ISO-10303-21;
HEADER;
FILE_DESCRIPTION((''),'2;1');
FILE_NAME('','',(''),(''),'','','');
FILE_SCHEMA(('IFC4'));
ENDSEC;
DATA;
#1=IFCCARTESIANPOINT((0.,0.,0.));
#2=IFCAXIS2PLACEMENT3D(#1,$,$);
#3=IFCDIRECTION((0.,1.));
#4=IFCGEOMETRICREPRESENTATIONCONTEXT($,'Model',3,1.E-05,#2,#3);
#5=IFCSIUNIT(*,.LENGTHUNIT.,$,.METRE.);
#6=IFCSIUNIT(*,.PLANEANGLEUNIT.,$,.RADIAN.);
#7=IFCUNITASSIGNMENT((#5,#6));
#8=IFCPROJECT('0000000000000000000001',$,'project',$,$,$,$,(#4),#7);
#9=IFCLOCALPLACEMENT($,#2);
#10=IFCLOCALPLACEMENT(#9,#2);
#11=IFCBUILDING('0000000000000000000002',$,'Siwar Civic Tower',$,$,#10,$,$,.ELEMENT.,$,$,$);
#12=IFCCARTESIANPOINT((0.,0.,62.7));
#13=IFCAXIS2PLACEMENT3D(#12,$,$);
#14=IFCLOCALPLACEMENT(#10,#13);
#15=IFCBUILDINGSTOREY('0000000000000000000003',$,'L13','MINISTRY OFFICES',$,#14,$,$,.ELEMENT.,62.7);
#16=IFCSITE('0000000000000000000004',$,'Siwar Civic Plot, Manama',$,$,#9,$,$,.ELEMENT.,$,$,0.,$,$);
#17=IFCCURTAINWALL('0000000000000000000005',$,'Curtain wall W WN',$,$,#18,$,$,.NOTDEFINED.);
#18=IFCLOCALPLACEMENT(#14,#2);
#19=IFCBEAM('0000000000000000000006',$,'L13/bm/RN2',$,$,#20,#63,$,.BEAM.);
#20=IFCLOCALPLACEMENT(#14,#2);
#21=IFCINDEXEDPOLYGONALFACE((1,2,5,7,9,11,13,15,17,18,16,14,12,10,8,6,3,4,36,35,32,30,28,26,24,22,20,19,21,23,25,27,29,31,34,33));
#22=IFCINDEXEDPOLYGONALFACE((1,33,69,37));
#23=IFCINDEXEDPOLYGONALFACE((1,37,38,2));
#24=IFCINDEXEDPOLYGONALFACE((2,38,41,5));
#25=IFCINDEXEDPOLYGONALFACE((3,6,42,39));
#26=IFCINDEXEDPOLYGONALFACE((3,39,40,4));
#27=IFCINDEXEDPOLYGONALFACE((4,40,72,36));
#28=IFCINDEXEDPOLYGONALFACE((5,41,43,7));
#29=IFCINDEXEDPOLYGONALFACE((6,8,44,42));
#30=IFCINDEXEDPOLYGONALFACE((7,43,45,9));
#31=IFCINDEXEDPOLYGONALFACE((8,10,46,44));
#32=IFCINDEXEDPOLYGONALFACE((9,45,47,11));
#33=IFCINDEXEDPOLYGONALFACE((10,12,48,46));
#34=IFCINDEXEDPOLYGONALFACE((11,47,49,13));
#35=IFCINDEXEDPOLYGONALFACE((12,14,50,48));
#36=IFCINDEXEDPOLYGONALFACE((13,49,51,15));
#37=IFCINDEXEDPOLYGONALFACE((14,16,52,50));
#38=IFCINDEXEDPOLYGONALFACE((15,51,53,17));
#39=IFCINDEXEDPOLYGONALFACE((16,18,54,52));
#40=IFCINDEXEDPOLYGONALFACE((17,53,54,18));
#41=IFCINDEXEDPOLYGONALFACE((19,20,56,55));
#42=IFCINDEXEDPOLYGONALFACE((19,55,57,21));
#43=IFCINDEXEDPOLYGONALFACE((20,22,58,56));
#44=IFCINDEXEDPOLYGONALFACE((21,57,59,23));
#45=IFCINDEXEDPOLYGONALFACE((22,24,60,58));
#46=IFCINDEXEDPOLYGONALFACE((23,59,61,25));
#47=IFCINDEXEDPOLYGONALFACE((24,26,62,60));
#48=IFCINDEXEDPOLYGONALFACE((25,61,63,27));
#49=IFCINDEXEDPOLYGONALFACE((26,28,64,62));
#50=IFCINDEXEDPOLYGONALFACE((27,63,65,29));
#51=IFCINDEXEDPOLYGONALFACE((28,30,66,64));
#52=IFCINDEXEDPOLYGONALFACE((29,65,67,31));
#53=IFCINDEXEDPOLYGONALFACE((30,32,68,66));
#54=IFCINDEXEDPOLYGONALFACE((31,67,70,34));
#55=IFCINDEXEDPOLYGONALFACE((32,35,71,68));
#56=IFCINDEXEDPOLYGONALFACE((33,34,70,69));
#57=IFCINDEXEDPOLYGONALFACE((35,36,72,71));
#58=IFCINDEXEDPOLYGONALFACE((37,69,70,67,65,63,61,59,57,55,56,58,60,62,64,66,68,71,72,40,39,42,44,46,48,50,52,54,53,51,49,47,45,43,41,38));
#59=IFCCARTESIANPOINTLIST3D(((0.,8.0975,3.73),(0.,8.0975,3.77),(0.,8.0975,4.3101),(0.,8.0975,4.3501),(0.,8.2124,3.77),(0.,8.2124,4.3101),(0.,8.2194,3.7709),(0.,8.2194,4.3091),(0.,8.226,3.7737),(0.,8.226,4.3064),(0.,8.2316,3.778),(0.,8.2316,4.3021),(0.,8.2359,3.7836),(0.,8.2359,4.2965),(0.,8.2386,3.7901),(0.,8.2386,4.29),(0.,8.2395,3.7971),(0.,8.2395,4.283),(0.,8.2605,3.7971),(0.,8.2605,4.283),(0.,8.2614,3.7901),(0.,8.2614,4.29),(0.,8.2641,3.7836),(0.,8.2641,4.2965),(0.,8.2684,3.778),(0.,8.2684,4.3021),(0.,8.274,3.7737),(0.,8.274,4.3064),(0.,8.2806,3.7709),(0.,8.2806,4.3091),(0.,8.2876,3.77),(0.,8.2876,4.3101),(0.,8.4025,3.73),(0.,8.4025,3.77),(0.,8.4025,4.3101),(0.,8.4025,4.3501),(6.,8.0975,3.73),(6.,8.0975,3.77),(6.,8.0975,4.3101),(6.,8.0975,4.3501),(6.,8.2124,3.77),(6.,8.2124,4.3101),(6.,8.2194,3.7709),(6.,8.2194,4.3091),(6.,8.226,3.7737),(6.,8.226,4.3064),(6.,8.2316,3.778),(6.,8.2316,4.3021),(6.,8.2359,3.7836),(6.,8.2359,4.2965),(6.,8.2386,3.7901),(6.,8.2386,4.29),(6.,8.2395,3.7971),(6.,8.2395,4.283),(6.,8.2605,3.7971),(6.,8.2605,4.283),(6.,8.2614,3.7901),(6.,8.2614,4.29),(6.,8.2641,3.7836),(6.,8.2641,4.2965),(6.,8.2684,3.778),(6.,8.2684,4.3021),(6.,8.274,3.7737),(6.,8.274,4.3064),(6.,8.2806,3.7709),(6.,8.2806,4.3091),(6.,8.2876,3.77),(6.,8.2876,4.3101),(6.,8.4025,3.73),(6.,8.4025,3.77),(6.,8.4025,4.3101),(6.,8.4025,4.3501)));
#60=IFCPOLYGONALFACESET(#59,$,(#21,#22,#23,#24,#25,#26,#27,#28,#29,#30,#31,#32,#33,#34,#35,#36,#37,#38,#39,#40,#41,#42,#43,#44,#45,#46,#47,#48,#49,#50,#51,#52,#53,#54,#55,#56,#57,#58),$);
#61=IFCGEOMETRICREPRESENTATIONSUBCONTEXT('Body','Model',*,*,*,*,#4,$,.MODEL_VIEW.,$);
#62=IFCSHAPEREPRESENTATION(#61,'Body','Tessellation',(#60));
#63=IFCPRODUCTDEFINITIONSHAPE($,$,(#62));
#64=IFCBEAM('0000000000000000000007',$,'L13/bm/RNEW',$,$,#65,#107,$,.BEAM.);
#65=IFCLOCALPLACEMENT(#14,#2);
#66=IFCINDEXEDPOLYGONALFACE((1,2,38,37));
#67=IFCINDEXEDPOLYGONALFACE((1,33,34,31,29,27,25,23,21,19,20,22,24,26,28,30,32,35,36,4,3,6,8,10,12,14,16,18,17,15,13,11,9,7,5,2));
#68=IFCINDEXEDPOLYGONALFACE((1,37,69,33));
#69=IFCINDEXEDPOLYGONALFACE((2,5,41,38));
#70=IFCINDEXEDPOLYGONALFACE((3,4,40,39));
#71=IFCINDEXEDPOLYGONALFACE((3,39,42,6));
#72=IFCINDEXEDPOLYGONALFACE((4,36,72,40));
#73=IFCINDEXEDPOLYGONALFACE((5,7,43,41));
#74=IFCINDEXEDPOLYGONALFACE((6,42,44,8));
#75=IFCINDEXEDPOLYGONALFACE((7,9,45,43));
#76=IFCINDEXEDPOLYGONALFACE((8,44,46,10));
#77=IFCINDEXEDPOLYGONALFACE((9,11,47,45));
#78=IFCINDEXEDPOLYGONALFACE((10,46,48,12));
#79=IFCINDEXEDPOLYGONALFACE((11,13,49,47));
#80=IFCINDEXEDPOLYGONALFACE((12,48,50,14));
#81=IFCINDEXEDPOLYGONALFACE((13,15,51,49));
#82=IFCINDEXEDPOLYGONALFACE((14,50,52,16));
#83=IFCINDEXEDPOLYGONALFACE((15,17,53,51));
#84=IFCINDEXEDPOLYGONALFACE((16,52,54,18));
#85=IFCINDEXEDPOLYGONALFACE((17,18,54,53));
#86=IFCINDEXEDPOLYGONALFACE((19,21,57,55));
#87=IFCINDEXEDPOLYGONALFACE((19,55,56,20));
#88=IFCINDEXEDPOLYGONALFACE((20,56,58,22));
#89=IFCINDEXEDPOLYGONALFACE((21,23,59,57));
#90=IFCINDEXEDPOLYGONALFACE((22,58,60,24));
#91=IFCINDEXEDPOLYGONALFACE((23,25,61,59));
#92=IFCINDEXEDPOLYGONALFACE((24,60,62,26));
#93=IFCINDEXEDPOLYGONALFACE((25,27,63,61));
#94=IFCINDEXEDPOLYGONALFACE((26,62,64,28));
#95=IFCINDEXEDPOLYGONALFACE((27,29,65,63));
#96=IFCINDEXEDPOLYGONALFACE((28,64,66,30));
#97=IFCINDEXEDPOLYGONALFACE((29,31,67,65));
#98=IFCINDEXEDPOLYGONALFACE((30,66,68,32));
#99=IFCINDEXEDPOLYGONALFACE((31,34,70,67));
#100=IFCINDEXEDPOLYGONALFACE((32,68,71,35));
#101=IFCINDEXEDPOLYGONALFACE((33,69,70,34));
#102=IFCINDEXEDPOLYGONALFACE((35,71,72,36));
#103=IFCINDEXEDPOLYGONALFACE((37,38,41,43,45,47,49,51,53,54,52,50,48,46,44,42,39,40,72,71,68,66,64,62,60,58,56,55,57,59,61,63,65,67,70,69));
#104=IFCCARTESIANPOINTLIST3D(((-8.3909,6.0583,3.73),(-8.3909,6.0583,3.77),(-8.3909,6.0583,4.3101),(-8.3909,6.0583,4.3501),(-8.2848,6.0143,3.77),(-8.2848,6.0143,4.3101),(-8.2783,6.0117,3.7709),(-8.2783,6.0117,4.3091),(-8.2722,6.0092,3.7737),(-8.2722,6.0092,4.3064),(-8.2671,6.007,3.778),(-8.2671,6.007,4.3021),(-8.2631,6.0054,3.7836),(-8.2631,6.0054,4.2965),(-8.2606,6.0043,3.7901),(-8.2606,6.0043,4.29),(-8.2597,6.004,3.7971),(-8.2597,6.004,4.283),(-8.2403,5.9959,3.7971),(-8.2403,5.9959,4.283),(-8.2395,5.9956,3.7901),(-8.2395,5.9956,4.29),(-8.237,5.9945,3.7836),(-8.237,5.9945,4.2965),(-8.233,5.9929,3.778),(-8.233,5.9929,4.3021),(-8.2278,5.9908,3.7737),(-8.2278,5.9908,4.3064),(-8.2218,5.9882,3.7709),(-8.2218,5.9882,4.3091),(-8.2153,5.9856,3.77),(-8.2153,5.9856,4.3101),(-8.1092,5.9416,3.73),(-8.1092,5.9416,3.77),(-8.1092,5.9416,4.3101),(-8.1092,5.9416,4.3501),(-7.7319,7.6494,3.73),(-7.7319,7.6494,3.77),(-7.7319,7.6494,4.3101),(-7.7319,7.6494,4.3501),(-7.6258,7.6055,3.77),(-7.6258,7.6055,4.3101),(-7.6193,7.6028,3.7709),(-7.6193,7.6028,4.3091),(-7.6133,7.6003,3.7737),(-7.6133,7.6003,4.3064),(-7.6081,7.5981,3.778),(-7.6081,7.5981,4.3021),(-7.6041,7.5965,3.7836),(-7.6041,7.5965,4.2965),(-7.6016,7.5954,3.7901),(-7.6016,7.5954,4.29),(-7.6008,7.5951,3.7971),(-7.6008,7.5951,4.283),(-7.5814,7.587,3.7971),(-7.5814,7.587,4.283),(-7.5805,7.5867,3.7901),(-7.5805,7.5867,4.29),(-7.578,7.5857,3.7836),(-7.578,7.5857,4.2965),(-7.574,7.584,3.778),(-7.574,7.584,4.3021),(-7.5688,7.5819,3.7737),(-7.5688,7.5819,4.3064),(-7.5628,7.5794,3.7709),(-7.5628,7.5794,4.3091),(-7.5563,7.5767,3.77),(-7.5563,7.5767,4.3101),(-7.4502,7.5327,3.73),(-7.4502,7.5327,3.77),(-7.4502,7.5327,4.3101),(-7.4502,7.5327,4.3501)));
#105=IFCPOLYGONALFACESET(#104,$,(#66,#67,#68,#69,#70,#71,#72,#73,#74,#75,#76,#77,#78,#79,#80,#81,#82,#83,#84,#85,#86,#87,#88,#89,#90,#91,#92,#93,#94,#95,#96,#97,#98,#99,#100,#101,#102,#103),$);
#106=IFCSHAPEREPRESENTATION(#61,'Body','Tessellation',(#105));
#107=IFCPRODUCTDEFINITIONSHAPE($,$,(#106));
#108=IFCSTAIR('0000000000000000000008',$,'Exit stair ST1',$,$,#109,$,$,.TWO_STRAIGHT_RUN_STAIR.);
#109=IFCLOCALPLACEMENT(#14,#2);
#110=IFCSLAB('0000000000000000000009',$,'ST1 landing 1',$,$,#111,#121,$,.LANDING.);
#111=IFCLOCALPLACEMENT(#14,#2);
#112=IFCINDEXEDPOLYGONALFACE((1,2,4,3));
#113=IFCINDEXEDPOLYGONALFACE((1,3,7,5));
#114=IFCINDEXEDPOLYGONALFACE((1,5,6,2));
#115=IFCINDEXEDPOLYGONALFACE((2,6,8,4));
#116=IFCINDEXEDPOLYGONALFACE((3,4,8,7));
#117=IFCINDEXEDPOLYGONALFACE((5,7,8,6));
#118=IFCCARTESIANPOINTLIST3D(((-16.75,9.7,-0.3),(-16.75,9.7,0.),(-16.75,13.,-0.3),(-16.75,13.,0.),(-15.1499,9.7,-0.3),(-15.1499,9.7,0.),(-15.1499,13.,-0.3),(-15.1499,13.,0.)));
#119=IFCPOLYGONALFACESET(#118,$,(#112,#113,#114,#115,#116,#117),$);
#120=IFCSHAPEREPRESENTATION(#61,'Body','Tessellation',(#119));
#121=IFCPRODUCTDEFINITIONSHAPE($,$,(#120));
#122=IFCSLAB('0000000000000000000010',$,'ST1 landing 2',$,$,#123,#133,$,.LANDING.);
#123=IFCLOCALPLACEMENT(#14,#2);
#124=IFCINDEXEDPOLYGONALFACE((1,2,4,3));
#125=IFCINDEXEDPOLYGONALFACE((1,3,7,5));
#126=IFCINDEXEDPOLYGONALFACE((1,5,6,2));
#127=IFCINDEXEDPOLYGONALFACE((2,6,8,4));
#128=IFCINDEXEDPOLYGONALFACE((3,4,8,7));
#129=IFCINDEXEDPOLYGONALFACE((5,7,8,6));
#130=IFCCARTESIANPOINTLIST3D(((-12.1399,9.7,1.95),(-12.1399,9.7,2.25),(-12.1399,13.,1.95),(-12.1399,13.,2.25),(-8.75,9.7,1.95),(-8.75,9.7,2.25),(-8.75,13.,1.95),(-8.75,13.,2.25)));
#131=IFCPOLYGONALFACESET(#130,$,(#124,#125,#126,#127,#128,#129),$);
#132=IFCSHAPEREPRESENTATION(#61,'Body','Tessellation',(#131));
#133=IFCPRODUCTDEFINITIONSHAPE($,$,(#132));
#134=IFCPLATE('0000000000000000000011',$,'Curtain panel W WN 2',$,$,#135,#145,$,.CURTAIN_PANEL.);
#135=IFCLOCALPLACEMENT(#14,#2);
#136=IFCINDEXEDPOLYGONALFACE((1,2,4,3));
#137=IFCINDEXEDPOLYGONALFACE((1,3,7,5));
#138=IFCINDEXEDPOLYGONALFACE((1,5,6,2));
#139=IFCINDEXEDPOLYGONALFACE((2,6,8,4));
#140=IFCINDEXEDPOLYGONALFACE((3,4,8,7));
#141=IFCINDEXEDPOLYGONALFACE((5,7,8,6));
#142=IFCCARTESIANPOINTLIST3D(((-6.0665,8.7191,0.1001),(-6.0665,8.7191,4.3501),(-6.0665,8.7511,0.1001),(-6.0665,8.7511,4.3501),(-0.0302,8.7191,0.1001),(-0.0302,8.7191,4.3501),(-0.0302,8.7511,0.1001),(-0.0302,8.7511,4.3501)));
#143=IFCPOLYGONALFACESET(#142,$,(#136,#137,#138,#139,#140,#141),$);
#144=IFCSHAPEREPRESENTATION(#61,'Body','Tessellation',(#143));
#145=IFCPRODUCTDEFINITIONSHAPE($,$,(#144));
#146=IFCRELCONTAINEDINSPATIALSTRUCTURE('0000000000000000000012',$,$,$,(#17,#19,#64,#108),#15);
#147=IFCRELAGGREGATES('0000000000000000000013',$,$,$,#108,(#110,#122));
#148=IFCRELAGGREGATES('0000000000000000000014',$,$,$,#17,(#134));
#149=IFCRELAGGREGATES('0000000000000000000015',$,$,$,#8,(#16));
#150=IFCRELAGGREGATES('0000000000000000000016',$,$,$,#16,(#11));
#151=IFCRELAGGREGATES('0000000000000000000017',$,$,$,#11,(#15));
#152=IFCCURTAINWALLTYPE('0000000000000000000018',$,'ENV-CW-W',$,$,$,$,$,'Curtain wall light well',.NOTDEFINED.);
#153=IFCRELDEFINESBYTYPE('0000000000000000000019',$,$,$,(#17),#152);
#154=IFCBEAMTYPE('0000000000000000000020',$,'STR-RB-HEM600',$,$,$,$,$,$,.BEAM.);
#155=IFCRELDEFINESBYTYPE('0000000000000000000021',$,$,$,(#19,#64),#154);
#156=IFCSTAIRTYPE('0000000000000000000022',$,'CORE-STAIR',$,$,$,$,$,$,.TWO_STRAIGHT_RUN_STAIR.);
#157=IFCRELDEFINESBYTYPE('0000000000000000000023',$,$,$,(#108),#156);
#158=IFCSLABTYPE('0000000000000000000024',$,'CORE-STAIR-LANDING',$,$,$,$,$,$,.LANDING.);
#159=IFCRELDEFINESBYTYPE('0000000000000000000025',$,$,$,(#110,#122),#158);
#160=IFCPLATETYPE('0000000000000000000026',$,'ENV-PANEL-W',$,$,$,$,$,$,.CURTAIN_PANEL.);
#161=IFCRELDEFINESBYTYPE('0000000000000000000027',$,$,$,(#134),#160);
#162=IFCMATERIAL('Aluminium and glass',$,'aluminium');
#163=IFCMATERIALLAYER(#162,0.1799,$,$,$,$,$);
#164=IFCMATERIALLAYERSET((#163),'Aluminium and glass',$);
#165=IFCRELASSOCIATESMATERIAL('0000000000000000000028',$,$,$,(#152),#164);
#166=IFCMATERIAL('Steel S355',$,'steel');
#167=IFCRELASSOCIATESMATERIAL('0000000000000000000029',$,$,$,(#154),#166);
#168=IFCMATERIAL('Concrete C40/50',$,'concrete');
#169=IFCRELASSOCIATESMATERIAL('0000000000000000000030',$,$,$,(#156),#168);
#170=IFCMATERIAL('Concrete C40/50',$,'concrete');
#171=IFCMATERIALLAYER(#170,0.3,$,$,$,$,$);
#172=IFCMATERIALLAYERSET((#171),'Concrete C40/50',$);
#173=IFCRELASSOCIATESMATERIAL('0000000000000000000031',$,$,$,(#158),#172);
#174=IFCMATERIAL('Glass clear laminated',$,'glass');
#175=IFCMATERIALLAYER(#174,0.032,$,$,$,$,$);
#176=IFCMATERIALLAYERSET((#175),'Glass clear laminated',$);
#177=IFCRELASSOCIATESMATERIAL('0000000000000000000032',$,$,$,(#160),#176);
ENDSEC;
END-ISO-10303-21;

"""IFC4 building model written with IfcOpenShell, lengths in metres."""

from ifc_helpers import new_model, si_unit, direction, frame, origin, origin_2d, place, context, subcontext, project, spatial, polyline, rectangle, i_section, outline, extrude, material, layer, layer_set, material_profile, profile_set, type_object, element, aggregate, save


model = new_model("IFC4")

# Units and contexts
model_context = context("Model", 3, precision=1e-05, world=origin(), true_north=direction((0.0, 1.0)))
body_context = subcontext(model_context, "Body", "Model", "MODEL_VIEW")
ifc_project = project(units=[si_unit("LENGTHUNIT", "METRE"), si_unit("PLANEANGLEUNIT", "RADIAN")], contexts=[model_context])

# Site, building, storey
site_placement = place(None, origin())
site = spatial("IfcSite", under=ifc_project, at=site_placement, Name="Siwar Civic Plot, Manama", CompositionType="ELEMENT", RefElevation=0.0)
building_placement = place(site_placement, origin())
building = spatial("IfcBuilding", under=site, at=building_placement, Name="Siwar Civic Tower", CompositionType="ELEMENT")
storey_placement = place(building_placement, frame((0.0, 0.0, 62.7)))
storey = spatial("IfcBuildingStorey", under=building, at=storey_placement, Name="L13", Description="MINISTRY OFFICES", CompositionType="ELEMENT", Elevation=62.7)

# Curtain wall
ifc_material_1 = material(Name="Aluminium and glass", Category="aluminium")
ifc_layer_1 = layer(ifc_material_1, 0.1799)
ifc_layer_set_1 = layer_set([ifc_layer_1], Name="Aluminium and glass")
curtain_wall_type = type_object("IfcCurtainWallType", Name="ENV-CW-W", ElementType="Curtain wall light well", PredefinedType="NOTDEFINED", material=ifc_layer_set_1)
curtain_wall_placement = place(storey_placement, origin())
curtain_wall = element("IfcCurtainWall", 1, at=curtain_wall_placement, inside=storey, type_object=curtain_wall_type, Name="Curtain wall W WN", PredefinedType="NOTDEFINED")

# Beams
ifc_material_2 = material(Name="Steel S355", Category="steel")
ifc_material_profile_1 = material_profile(ifc_material_2, i_section(OverallWidth=0.3049, OverallDepth=0.6201, WebThickness=0.021, FlangeThickness=0.04, FilletRadius=0.0271, at=origin_2d()), Name="HEM600")
ifc_profile_set_1 = profile_set([ifc_material_profile_1], Name="Steel S355")
beam_type_1 = type_object("IfcBeamType", Name="STR-RB-HEM600", PredefinedType="BEAM", material=ifc_profile_set_1)
for number, where, z_axis, x_axis, name in (
    (2, (0.0, 8.25, 4.04), (1.0, 0.0, 0.0), (0.0, 1.0, 0.0), "L13/bm/RN2"),
):
    element("IfcBeam", number, at=place(storey_placement, frame(where, z_axis=z_axis, x_axis=x_axis)), inside=storey, type_object=beam_type_1, Name=name, PredefinedType="BEAM", context=body_context, shape_type="SweptSolid", body=[
        extrude(i_section(OverallWidth=0.3049, OverallDepth=0.6201, WebThickness=0.021, FlangeThickness=0.04, FilletRadius=0.0271, at=origin_2d()), origin(), (0.0, 0.0, 1.0), 6.0),
    ])
beam_1_placement = place(storey_placement, frame((-7.5911, 7.5911, 4.04), z_axis=(-0.382631, -0.923901, 0.0), x_axis=(0.923901, -0.382631, 0.0)))
element("IfcBeam", 3, at=beam_1_placement, inside=storey, type_object=beam_type_1, Name="L13/bm/RNEW", PredefinedType="BEAM", context=body_context, shape_type="SweptSolid", body=[
    extrude(i_section(OverallWidth=0.3049, OverallDepth=0.6201, WebThickness=0.021, FlangeThickness=0.04, FilletRadius=0.0271, at=origin_2d()), origin(), (0.0, 0.0, 1.0), 1.7222),
])

# Stair, slabs
ifc_material_3 = material(Name="Concrete C40/50", Category="concrete")
stair_type = type_object("IfcStairType", Name="CORE-STAIR", PredefinedType="TWO_STRAIGHT_RUN_STAIR", material=ifc_material_3)
stair_placement = place(storey_placement, origin())
stair = element("IfcStair", 4, at=stair_placement, inside=storey, type_object=stair_type, Name="Exit stair ST1", PredefinedType="TWO_STRAIGHT_RUN_STAIR")
ifc_material_4 = material(Name="Concrete C40/50", Category="concrete")
ifc_layer_2 = layer(ifc_material_4, 0.3)
ifc_layer_set_2 = layer_set([ifc_layer_2], Name="Concrete C40/50")
slab_type_1 = type_object("IfcSlabType", Name="CORE-STAIR-LANDING", PredefinedType="LANDING", material=ifc_layer_set_2)
slab_1_placement = place(storey_placement, frame((0.0, 0.0, -0.3)))
slab_1 = element("IfcSlab", 5, at=slab_1_placement, type_object=slab_type_1, Name="ST1 landing 1", PredefinedType="LANDING", context=body_context, shape_type="SweptSolid", body=[
    extrude(outline(polyline([(-15.1499, 13.0), (-16.75, 13.0), (-16.75, 9.7), (-15.1499, 9.7), (-15.1499, 13.0)])), origin(), (0.0, 0.0, 1.0), 0.3),
])
slab_2_placement = place(storey_placement, frame((0.0, 0.0, 1.95)))
slab_2 = element("IfcSlab", 6, at=slab_2_placement, type_object=slab_type_1, Name="ST1 landing 2", PredefinedType="LANDING", context=body_context, shape_type="SweptSolid", body=[
    extrude(outline(polyline([(-8.75, 13.0), (-12.1399, 13.0), (-12.1399, 9.7), (-8.75, 9.7), (-8.75, 13.0)])), origin(), (0.0, 0.0, 1.0), 0.3),
])
aggregate(stair, [slab_1, slab_2])

# Plate
ifc_material_5 = material(Name="Glass clear laminated", Category="glass")
ifc_layer_3 = layer(ifc_material_5, 0.032)
ifc_layer_set_3 = layer_set([ifc_layer_3], Name="Glass clear laminated")
plate_type = type_object("IfcPlateType", Name="ENV-PANEL-W", PredefinedType="CURTAIN_PANEL", material=ifc_layer_set_3)
plate_placement = place(storey_placement, frame((-3.0483, 8.7351, 0.1001), z_axis=(0.0, 0.0, 1.0), x_axis=(-1.0, 0.0, 0.0)))
plate = element("IfcPlate", 7, at=plate_placement, type_object=plate_type, Name="Curtain panel W WN 2", PredefinedType="CURTAIN_PANEL", context=body_context, shape_type="SweptSolid", body=[
    extrude(rectangle(XDim=6.0364, YDim=0.032, at=origin_2d()), origin(), (0.0, 0.0, 1.0), 4.25),
])
aggregate(curtain_wall, [plate])

save(model, "model.ifc")
